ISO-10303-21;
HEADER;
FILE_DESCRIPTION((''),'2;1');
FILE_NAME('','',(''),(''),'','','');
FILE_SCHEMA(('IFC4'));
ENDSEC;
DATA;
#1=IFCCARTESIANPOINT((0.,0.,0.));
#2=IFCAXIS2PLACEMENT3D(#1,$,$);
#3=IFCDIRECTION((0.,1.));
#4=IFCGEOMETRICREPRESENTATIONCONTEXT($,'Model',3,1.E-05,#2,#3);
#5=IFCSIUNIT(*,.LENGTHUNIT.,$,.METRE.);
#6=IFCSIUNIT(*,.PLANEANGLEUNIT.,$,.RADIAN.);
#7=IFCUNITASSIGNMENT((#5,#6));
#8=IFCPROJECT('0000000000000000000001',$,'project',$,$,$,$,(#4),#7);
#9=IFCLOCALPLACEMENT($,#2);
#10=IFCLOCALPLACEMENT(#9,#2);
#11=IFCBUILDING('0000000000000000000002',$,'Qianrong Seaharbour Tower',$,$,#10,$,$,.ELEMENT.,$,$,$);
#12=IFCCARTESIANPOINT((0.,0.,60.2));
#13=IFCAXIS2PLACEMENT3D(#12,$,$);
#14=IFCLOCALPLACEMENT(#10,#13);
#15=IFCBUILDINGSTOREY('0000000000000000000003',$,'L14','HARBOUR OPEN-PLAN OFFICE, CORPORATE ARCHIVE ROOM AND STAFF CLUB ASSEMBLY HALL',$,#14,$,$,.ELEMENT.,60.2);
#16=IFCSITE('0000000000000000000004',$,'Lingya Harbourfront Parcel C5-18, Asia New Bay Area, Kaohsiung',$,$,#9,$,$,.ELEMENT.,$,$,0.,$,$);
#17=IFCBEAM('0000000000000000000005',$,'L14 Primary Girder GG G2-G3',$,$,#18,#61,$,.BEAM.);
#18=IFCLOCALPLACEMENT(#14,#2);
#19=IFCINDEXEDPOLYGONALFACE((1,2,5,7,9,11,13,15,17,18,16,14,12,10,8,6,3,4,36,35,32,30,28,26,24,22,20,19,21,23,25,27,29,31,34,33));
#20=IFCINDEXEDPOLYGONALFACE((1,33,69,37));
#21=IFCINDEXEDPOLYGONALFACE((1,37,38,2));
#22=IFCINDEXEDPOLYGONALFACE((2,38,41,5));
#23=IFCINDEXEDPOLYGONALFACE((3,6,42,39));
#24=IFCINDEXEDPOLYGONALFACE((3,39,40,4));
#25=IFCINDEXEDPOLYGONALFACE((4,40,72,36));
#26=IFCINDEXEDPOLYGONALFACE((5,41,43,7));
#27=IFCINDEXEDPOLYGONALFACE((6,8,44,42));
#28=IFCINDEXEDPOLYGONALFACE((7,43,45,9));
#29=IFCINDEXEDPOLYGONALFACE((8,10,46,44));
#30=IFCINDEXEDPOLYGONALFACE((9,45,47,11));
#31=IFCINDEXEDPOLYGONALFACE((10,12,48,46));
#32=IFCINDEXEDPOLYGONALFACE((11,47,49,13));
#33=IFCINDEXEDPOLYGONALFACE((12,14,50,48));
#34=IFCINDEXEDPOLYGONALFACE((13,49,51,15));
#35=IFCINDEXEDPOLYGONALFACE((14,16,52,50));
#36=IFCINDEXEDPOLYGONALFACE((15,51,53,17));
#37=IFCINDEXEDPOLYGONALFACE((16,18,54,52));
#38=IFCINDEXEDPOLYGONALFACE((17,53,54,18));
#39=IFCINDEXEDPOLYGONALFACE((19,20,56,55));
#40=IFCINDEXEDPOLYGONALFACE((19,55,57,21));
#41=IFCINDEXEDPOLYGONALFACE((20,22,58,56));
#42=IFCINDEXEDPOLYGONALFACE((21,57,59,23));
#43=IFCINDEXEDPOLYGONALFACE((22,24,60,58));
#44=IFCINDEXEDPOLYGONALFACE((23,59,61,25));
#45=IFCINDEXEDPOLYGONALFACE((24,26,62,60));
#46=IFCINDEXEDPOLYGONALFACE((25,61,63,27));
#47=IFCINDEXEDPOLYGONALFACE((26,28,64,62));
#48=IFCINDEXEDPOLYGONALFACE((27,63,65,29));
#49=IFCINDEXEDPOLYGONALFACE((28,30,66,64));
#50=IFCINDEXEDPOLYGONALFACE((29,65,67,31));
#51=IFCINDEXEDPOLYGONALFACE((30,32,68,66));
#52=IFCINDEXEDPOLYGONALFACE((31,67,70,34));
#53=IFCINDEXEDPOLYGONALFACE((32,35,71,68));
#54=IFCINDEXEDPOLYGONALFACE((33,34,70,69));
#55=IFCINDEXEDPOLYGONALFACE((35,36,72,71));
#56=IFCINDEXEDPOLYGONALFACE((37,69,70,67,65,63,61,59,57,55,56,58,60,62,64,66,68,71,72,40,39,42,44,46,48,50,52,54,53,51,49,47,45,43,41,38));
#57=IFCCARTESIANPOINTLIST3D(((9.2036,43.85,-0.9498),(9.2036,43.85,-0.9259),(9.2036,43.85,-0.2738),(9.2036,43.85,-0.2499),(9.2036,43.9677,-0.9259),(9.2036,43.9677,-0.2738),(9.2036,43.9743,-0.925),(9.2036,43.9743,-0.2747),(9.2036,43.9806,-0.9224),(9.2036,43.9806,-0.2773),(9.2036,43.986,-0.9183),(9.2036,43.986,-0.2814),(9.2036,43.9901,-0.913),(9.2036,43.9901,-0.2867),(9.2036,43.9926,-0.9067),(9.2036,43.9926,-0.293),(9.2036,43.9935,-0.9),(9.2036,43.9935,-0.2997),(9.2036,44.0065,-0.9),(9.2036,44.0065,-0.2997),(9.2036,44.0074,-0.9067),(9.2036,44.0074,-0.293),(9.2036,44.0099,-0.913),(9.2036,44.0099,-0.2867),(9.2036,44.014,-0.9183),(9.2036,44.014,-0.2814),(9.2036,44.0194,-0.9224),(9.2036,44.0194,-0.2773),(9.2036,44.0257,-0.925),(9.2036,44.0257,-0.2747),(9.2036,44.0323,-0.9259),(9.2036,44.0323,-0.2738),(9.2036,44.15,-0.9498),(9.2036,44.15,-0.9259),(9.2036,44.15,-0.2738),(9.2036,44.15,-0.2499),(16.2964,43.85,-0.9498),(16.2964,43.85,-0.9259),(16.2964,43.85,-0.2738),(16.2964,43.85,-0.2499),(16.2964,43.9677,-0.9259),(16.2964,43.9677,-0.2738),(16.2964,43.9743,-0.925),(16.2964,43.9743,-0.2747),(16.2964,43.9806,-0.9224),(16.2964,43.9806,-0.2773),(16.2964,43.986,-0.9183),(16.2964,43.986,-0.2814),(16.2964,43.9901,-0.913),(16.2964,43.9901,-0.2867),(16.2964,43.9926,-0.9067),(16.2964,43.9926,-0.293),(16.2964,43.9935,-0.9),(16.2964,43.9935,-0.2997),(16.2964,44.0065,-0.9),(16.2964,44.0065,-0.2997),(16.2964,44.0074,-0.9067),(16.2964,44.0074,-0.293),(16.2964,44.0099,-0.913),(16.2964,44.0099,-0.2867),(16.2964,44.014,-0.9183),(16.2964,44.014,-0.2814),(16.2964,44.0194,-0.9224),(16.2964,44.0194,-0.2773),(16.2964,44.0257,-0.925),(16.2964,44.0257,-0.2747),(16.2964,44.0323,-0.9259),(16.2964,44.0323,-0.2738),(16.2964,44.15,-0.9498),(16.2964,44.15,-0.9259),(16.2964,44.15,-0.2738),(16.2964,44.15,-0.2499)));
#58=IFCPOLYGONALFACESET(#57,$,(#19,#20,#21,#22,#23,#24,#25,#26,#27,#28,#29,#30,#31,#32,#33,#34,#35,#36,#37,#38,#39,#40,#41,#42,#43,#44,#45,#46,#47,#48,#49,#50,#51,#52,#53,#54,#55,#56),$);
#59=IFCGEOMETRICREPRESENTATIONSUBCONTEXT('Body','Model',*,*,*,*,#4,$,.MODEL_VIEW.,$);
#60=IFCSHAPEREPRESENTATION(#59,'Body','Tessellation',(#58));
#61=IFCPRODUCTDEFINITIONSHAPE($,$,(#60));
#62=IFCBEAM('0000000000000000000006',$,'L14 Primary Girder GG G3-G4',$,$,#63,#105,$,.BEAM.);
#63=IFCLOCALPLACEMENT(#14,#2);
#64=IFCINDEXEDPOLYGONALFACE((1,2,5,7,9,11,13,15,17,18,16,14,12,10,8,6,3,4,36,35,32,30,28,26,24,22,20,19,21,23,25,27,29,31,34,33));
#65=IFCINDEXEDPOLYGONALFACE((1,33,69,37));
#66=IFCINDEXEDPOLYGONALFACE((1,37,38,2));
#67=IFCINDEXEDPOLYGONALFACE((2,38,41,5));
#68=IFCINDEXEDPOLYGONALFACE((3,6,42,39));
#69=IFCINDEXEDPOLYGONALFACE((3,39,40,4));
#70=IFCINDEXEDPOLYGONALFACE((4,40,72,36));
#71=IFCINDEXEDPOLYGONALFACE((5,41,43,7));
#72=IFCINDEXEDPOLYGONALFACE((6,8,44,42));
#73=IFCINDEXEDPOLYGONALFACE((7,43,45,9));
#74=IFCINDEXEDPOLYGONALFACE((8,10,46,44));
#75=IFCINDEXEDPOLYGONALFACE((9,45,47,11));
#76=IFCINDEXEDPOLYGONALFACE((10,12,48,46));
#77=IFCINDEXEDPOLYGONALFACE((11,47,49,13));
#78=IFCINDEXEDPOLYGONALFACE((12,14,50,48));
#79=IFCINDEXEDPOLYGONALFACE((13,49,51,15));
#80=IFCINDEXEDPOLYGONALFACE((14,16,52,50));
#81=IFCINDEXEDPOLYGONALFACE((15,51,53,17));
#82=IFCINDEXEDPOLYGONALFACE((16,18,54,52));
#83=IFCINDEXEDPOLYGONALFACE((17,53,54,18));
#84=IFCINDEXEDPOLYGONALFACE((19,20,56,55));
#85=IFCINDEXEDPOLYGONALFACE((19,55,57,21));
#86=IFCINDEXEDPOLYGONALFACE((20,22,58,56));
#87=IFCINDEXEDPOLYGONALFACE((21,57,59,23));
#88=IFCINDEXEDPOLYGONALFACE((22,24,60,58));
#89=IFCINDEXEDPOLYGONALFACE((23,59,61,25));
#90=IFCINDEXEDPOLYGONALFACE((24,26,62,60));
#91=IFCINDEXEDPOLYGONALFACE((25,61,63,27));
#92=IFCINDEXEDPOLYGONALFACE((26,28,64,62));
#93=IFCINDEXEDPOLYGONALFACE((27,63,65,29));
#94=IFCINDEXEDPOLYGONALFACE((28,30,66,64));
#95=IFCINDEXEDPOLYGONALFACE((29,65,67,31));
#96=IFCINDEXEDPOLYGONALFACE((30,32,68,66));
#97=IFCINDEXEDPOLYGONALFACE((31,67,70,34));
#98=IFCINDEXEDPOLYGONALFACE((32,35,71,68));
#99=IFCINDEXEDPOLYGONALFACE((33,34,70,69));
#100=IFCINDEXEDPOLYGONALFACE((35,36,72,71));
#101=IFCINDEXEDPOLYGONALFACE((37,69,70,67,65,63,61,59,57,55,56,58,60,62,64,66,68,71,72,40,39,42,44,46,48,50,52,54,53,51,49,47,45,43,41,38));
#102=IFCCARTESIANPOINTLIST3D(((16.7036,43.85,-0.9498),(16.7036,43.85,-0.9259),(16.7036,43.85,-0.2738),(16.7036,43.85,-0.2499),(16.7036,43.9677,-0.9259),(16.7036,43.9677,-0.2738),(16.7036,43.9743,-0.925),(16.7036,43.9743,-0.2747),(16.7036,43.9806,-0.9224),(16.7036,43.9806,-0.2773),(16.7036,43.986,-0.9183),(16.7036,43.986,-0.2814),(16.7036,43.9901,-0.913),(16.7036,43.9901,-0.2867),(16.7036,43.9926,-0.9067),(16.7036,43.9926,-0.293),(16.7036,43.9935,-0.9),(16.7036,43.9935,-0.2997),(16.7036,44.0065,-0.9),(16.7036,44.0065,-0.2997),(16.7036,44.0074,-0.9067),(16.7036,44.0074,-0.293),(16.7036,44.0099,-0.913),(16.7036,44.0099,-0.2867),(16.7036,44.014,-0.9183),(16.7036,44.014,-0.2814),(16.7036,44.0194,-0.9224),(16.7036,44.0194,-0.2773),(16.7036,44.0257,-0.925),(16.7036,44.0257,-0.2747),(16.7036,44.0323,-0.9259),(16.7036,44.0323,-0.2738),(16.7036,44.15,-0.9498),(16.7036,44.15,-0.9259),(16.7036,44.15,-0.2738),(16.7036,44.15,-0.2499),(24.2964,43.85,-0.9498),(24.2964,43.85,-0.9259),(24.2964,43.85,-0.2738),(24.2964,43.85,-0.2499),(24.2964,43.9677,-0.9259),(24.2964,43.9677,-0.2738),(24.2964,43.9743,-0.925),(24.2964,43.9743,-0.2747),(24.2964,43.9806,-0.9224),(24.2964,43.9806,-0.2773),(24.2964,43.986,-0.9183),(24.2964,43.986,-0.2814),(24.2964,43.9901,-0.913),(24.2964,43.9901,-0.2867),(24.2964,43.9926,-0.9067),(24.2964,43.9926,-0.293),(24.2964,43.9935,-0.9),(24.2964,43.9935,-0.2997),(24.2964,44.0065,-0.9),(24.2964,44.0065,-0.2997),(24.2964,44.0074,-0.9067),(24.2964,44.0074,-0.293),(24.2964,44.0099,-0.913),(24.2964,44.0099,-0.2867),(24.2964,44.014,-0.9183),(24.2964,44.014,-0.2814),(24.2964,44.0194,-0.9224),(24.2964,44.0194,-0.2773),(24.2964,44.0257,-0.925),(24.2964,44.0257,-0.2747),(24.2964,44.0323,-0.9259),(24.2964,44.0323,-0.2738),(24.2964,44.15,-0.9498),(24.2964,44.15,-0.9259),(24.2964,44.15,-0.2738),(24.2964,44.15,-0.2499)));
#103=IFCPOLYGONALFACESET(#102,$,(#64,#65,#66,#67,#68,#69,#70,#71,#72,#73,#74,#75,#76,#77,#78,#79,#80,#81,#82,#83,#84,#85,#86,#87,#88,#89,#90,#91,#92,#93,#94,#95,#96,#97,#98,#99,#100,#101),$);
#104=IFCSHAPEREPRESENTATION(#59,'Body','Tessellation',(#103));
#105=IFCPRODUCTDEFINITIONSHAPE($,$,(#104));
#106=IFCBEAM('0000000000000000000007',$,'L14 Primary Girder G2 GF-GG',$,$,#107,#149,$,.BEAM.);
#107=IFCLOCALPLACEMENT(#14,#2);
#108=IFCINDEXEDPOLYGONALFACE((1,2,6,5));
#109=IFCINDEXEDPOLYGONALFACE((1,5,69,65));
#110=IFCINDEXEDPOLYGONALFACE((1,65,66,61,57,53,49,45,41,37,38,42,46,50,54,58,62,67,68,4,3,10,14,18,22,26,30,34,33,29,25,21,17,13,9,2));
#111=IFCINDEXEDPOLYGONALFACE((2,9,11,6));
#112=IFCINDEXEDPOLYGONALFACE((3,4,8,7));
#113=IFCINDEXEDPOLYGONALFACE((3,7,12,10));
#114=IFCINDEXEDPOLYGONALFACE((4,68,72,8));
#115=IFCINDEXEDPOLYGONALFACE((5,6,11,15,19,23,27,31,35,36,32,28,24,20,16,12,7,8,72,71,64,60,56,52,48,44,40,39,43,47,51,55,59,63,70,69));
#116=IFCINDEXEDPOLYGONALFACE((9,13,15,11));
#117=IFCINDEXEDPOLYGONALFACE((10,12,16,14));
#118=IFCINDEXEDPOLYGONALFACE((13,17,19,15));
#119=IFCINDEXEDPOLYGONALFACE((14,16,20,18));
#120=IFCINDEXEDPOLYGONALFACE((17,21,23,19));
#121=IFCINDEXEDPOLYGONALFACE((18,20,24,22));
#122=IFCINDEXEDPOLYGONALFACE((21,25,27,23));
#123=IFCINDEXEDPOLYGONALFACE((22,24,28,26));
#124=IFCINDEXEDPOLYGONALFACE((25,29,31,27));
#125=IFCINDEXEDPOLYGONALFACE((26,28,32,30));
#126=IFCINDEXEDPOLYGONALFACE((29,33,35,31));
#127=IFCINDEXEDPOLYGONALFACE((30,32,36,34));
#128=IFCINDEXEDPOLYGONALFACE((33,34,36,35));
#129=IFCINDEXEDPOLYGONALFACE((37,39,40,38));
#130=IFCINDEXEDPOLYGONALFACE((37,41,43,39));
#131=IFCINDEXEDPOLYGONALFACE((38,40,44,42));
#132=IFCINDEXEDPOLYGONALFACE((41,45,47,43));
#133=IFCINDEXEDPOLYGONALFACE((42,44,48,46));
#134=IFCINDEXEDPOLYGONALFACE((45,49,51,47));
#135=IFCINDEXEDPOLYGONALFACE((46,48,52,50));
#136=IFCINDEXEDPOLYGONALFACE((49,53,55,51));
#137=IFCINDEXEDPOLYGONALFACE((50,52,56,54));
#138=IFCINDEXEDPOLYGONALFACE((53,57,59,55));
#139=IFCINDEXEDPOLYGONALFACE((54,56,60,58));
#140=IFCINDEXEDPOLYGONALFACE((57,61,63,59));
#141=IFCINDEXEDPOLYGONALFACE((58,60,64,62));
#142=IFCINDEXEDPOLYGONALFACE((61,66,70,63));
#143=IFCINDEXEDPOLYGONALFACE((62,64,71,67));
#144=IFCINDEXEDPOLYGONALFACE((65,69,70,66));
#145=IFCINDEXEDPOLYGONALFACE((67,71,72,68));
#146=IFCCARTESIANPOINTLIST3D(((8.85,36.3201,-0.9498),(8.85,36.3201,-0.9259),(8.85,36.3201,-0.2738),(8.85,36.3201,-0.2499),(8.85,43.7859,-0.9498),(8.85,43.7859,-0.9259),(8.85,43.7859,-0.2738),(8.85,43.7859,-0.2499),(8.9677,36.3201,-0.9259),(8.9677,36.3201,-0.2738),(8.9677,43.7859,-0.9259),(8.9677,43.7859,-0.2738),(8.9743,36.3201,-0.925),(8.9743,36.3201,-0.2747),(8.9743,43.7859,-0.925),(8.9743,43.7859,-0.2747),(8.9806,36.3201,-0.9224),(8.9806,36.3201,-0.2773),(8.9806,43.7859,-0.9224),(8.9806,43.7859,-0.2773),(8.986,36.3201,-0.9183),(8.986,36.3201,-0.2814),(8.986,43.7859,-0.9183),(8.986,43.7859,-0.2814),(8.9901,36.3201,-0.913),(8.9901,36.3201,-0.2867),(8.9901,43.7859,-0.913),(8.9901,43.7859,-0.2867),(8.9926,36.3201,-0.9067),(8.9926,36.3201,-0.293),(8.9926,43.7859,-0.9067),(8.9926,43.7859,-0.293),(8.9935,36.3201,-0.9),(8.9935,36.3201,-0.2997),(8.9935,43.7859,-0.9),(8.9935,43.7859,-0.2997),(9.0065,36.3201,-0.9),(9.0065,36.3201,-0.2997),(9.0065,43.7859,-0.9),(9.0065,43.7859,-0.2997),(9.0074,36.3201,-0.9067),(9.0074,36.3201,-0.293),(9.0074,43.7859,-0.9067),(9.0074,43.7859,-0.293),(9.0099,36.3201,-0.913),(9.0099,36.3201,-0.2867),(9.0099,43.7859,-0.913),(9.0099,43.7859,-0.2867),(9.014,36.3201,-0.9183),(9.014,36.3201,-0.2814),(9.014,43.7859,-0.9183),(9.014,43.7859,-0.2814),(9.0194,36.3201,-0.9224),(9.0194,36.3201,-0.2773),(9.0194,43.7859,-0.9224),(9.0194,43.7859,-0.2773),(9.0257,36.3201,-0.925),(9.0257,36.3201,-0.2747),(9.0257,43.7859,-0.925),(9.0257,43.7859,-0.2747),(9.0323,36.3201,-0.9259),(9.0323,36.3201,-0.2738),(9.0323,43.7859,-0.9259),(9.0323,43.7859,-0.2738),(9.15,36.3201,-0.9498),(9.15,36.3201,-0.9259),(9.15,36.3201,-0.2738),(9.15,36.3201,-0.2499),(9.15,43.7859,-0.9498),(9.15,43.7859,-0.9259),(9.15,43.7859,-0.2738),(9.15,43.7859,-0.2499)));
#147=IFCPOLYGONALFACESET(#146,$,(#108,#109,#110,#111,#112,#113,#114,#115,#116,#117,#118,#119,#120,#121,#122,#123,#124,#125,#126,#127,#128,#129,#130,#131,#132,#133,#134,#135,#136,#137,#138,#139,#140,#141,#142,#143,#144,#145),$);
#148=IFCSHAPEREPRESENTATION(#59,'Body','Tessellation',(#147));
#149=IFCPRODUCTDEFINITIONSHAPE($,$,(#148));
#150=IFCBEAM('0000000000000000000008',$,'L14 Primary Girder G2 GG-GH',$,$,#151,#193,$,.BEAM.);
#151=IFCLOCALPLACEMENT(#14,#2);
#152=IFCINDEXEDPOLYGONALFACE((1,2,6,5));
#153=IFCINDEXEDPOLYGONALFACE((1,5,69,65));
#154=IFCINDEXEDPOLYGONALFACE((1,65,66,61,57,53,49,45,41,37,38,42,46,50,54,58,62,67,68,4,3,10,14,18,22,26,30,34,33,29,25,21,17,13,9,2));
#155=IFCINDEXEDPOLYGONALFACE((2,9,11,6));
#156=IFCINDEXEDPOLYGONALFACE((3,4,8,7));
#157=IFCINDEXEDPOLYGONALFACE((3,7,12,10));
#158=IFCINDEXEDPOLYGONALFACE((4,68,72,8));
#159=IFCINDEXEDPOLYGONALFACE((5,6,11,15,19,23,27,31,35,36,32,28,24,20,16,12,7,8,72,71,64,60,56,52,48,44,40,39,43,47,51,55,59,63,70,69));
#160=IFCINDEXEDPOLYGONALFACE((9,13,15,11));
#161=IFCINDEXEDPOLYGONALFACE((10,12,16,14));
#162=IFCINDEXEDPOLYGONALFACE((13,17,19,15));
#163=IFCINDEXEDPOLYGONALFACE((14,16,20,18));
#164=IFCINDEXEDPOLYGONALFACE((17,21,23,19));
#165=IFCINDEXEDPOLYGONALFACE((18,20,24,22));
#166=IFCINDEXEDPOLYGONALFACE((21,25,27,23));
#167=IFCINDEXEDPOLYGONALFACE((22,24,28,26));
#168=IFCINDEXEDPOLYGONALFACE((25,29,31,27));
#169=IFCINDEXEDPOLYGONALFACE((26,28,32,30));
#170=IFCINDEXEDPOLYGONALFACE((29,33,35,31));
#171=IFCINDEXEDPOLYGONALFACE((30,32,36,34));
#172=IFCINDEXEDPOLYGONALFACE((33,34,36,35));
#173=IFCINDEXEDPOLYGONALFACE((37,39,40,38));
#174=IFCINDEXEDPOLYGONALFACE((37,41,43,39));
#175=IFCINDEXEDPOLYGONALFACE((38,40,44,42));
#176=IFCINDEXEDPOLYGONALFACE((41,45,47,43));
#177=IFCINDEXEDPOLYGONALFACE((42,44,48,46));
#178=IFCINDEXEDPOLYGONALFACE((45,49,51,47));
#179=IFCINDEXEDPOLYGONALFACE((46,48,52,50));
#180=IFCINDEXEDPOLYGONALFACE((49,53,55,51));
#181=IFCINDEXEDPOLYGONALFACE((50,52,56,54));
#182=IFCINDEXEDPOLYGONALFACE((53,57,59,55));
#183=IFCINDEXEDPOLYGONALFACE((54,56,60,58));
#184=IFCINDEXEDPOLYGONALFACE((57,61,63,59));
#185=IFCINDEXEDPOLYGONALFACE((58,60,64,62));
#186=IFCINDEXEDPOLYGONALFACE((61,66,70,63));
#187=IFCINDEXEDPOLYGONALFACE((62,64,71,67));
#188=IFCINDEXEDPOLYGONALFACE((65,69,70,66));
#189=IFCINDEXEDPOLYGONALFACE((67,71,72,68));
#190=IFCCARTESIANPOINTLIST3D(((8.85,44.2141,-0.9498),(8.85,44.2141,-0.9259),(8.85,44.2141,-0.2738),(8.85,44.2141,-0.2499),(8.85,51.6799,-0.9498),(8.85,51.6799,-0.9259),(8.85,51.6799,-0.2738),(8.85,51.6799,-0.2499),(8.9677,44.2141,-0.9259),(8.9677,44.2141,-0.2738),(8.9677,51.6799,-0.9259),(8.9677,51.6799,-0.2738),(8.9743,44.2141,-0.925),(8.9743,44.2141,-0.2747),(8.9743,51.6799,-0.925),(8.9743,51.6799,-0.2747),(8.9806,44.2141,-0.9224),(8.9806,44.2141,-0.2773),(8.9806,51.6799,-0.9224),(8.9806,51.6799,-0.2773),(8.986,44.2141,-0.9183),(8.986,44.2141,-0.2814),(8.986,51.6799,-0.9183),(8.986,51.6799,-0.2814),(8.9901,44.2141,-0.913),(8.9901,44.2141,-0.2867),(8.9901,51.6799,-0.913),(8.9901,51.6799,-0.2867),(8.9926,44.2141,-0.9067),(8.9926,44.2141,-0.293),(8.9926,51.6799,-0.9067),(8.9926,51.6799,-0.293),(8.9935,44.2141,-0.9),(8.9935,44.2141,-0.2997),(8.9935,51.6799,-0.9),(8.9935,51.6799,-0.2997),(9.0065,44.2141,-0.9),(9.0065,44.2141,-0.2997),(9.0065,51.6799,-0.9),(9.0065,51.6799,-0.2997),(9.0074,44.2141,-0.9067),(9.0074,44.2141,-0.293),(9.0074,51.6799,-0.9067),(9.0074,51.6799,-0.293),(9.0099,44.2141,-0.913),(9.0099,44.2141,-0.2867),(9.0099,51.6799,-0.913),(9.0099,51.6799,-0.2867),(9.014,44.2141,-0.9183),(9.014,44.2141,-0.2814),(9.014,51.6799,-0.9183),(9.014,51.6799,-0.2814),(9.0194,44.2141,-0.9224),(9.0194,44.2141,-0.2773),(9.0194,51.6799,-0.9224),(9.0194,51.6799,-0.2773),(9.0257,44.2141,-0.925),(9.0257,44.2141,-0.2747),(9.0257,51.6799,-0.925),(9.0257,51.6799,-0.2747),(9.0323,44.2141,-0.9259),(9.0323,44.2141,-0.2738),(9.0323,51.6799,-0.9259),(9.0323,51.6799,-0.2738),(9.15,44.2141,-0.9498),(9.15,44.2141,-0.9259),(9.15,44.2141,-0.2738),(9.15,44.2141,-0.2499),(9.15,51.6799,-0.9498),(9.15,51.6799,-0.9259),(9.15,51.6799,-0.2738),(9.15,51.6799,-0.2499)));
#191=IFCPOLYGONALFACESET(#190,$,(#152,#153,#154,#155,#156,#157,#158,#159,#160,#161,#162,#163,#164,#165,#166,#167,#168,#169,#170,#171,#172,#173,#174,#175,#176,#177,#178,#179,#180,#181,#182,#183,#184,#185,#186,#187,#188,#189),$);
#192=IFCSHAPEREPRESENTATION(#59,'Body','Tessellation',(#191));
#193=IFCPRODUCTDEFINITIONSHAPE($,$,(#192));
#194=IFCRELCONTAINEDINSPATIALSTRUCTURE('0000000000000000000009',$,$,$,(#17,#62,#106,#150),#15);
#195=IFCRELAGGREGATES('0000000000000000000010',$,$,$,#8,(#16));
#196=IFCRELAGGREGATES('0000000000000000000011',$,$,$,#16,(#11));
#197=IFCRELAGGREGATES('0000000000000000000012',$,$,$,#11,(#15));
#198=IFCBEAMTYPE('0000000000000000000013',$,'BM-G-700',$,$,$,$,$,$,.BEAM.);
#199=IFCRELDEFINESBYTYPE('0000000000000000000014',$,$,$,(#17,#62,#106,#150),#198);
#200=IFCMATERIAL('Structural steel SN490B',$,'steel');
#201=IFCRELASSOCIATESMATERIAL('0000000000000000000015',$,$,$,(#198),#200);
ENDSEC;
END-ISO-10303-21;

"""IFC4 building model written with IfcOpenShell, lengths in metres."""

from ifc_helpers import new_model, si_unit, direction, frame, origin, origin_2d, place, context, subcontext, project, spatial, i_section, extrude, material, material_profile, profile_set, type_object, element, save


model = new_model("IFC4")

# Units and contexts
model_context = context("Model", 3, precision=1e-05, world=origin(), true_north=direction((0.0, 1.0)))
body_context = subcontext(model_context, "Body", "Model", "MODEL_VIEW")
ifc_project = project(units=[si_unit("LENGTHUNIT", "METRE"), si_unit("PLANEANGLEUNIT", "RADIAN")], contexts=[model_context])

# Site, building, storey
site_placement = place(None, origin())
site = spatial("IfcSite", under=ifc_project, at=site_placement, Name="Lingya Harbourfront Parcel C5-18, Asia New Bay Area, Kaohsiung", CompositionType="ELEMENT", RefElevation=0.0)
building_placement = place(site_placement, origin())
building = spatial("IfcBuilding", under=site, at=building_placement, Name="Qianrong Seaharbour Tower", CompositionType="ELEMENT")
storey_placement = place(building_placement, frame((0.0, 0.0, 60.2)))
storey = spatial("IfcBuildingStorey", under=building, at=storey_placement, Name="L14", Description="HARBOUR OPEN-PLAN OFFICE, CORPORATE ARCHIVE ROOM AND STAFF CLUB ASSEMBLY HALL", CompositionType="ELEMENT", Elevation=60.2)

# Shared definitions
ifc_material_1 = material(Name="Structural steel SN490B", Category="steel")

# Beams
ifc_material_profile_1 = material_profile(ifc_material_1, i_section(OverallWidth=0.3, OverallDepth=0.7, WebThickness=0.0129, FlangeThickness=0.0239, FilletRadius=0.0259, at=origin_2d()), Name="H700x300x13x24")
ifc_profile_set_1 = profile_set([ifc_material_profile_1], Name="Structural steel SN490B")
beam_type_1 = type_object("IfcBeamType", Name="BM-G-700", PredefinedType="BEAM", material=ifc_profile_set_1)
beam_1_placement = place(storey_placement, frame((9.2036, 44.0, -0.5999), z_axis=(1.0, 0.0, 0.0), x_axis=(0.0, 1.0, 0.0)))
element("IfcBeam", 1, at=beam_1_placement, inside=storey, type_object=beam_type_1, Name="L14 Primary Girder GG G2-G3", PredefinedType="BEAM", context=body_context, shape_type="SweptSolid", body=[
    extrude(i_section(OverallWidth=0.3, OverallDepth=0.7, WebThickness=0.0129, FlangeThickness=0.0239, FilletRadius=0.0259, at=origin_2d()), origin(), (0.0, 0.0, 1.0), 7.0928),
])
beam_2_placement = place(storey_placement, frame((16.7036, 44.0, -0.5999), z_axis=(1.0, 0.0, 0.0), x_axis=(0.0, 1.0, 0.0)))
element("IfcBeam", 2, at=beam_2_placement, inside=storey, type_object=beam_type_1, Name="L14 Primary Girder GG G3-G4", PredefinedType="BEAM", context=body_context, shape_type="SweptSolid", body=[
    extrude(i_section(OverallWidth=0.3, OverallDepth=0.7, WebThickness=0.0129, FlangeThickness=0.0239, FilletRadius=0.0259, at=origin_2d()), origin(), (0.0, 0.0, 1.0), 7.5928),
])
for number, where, z_axis, x_axis, name in (
    (3, (9.0, 36.3201, -0.5999), (0.0, 1.0, 0.0), (-1.0, 0.0, 0.0), "L14 Primary Girder G2 GF-GG"),
    (4, (9.0, 44.2141, -0.5999), (0.0, 1.0, 0.0), (-1.0, 0.0, 0.0), "L14 Primary Girder G2 GG-GH"),
):
    element("IfcBeam", number, at=place(storey_placement, frame(where, z_axis=z_axis, x_axis=x_axis)), inside=storey, type_object=beam_type_1, Name=name, PredefinedType="BEAM", context=body_context, shape_type="SweptSolid", body=[
        extrude(i_section(OverallWidth=0.3, OverallDepth=0.7, WebThickness=0.0129, FlangeThickness=0.0239, FilletRadius=0.0259, at=origin_2d()), origin(), (0.0, 0.0, 1.0), 7.4658),
    ])

save(model, "model.ifc")
